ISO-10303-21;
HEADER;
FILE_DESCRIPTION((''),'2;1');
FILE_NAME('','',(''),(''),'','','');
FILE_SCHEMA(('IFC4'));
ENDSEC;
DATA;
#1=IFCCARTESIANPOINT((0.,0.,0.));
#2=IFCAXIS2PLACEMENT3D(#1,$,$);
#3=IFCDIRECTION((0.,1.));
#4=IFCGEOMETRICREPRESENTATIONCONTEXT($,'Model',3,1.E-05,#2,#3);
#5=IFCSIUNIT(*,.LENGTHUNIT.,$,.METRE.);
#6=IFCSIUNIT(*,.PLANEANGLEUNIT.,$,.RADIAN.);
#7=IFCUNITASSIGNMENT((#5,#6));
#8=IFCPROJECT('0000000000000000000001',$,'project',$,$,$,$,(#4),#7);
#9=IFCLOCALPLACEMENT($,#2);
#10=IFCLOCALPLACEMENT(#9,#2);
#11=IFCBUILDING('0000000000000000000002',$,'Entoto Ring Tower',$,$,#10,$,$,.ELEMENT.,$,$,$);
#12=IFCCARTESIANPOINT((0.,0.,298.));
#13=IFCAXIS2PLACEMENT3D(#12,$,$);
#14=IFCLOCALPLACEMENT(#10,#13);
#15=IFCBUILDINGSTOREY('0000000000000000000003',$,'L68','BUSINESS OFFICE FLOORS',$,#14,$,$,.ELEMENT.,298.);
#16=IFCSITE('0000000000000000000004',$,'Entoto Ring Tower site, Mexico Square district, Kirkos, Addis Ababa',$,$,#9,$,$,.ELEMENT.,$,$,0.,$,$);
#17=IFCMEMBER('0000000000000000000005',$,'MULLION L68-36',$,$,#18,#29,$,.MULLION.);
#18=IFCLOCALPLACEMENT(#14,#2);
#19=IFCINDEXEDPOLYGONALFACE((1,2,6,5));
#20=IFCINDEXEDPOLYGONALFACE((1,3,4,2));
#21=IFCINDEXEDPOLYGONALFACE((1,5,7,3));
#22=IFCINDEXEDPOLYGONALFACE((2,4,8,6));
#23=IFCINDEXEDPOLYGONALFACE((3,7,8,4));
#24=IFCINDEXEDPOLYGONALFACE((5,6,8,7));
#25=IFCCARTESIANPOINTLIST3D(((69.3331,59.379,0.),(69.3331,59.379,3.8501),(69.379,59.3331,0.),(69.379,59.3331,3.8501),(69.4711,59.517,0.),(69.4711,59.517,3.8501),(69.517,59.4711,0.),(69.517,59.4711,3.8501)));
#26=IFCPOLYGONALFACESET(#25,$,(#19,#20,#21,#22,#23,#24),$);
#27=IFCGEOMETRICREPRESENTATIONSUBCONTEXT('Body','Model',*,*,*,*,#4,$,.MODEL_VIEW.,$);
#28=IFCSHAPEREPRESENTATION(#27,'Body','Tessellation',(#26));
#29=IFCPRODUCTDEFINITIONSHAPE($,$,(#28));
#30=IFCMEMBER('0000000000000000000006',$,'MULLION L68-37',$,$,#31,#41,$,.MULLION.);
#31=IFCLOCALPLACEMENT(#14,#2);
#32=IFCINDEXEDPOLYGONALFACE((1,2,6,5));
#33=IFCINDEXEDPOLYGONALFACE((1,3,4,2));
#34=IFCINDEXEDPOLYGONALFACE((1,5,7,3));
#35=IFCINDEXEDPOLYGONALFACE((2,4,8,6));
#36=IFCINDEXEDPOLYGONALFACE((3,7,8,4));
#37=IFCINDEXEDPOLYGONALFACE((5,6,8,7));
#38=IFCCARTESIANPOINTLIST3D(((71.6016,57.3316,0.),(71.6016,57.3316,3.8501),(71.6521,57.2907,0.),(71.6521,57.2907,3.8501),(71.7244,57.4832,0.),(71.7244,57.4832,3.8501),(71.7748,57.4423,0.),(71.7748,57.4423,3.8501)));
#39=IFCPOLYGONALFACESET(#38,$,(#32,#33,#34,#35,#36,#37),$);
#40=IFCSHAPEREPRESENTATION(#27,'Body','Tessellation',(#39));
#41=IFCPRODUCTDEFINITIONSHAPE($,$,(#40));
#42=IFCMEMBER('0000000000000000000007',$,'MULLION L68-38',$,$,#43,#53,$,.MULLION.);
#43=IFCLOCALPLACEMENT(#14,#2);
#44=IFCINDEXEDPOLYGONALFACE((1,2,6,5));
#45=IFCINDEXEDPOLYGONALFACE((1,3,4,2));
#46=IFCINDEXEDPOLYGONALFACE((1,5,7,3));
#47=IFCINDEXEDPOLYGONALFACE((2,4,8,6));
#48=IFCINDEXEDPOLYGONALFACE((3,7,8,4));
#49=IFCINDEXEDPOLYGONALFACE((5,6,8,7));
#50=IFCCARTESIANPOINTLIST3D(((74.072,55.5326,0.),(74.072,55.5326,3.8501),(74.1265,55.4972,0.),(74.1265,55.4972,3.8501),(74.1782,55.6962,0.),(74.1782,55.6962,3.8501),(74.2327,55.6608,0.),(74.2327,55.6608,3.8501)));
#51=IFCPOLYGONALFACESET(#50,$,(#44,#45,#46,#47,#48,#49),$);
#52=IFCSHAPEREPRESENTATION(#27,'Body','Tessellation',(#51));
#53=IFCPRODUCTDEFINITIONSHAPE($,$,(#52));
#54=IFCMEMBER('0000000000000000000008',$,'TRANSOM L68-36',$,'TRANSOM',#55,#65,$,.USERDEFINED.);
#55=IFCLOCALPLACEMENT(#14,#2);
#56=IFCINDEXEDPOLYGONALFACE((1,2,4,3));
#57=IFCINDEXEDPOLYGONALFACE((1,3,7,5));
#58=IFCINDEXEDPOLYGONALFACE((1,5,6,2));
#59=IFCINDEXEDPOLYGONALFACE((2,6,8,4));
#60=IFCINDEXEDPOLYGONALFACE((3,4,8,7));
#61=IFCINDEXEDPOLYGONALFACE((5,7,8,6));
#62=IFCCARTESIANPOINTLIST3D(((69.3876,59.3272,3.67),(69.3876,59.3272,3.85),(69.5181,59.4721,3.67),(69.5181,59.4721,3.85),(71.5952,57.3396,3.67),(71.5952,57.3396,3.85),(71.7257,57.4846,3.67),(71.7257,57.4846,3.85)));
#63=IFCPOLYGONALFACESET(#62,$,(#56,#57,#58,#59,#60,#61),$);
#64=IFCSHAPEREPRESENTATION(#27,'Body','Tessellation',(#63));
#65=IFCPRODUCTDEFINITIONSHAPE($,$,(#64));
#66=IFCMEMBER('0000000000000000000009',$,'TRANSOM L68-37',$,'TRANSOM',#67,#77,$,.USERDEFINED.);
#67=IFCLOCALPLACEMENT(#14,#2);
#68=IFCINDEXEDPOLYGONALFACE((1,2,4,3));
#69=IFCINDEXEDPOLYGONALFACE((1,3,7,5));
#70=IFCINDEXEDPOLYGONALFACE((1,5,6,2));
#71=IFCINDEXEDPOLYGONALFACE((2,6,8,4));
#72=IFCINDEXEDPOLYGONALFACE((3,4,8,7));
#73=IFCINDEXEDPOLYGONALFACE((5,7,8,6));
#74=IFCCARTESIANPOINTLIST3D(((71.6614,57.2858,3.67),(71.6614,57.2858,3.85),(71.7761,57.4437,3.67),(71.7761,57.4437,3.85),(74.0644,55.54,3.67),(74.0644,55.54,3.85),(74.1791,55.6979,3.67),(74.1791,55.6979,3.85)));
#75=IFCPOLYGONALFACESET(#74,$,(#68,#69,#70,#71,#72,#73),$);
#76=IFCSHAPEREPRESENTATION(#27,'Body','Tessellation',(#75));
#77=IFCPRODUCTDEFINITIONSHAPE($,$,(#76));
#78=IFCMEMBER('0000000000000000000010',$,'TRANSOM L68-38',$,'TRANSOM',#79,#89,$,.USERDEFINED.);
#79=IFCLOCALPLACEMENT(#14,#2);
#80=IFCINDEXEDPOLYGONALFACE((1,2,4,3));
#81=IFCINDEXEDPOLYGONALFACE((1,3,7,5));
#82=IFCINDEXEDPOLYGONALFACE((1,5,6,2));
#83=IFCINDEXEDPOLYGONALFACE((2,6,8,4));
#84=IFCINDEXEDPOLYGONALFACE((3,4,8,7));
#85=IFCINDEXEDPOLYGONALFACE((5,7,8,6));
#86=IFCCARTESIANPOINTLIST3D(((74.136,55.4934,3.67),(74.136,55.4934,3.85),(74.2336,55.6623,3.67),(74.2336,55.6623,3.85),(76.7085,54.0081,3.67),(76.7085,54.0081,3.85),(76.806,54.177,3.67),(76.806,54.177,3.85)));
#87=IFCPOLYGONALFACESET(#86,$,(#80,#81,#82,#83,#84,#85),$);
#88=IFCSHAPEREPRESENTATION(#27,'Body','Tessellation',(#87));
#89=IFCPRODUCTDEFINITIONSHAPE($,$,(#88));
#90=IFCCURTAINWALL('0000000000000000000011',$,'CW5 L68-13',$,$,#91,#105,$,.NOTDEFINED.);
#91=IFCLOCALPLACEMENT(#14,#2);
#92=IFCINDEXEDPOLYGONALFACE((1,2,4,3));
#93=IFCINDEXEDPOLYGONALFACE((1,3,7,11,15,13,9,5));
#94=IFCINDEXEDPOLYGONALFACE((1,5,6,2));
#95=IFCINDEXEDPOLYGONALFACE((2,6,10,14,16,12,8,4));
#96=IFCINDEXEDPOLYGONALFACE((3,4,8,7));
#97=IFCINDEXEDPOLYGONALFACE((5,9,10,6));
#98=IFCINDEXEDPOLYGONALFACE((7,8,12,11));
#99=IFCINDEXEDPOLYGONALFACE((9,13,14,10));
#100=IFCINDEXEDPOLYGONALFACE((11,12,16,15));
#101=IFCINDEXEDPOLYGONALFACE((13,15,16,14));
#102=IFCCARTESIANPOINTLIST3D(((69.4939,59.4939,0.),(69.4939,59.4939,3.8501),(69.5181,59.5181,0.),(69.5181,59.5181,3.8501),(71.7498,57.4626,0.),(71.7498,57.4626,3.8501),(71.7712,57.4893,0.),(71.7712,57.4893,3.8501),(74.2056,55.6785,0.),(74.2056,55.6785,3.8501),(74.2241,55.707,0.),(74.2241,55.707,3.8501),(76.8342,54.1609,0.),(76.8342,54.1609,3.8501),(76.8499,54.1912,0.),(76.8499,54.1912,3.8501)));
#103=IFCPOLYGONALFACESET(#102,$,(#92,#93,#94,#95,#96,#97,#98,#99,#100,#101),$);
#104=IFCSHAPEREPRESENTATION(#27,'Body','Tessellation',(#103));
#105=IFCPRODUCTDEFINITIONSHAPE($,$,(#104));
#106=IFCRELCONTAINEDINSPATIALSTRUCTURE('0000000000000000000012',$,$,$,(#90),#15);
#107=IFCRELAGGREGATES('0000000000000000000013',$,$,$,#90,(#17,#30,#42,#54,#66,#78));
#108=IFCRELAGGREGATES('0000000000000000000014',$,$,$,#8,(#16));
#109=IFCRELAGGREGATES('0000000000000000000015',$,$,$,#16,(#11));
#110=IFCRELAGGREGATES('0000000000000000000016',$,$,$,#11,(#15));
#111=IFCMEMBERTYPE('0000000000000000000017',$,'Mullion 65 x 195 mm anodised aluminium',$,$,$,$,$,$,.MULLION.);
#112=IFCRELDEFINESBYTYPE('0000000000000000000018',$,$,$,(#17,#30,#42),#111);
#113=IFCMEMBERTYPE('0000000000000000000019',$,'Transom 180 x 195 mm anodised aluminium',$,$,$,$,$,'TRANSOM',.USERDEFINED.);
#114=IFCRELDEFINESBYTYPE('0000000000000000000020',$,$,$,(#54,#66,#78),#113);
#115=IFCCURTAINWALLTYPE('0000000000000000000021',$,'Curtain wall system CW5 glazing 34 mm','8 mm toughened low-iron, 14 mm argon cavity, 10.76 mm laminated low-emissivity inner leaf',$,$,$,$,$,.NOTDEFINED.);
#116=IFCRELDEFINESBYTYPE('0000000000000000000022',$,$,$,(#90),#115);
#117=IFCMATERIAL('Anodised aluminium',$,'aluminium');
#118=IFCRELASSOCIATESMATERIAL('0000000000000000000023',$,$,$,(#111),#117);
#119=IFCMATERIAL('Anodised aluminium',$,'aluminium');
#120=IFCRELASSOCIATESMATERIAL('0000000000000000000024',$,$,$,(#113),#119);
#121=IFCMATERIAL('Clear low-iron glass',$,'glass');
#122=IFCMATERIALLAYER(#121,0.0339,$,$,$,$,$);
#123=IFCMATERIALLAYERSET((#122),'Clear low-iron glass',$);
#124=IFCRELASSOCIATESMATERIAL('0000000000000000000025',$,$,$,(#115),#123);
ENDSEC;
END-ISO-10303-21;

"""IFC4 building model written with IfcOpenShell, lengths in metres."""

from ifc_helpers import new_model, si_unit, direction, frame, origin, origin_2d, place, context, subcontext, project, spatial, polyline, rectangle, outline, extrude, material, layer, layer_set, material_profile, profile_set, type_object, element, aggregate, save


model = new_model("IFC4")

# Units and contexts
model_context = context("Model", 3, precision=1e-05, world=origin(), true_north=direction((0.0, 1.0)))
body_context = subcontext(model_context, "Body", "Model", "MODEL_VIEW")
ifc_project = project(units=[si_unit("LENGTHUNIT", "METRE"), si_unit("PLANEANGLEUNIT", "RADIAN")], contexts=[model_context])

# Members
ifc_material_1 = material(Name="Anodised aluminium", Category="aluminium")
ifc_material_profile_1 = material_profile(ifc_material_1, rectangle(XDim=0.0649, YDim=0.1951, at=origin_2d()), Name="Mullion 65 x 195 mm anodised aluminium")
ifc_profile_set_1 = profile_set([ifc_material_profile_1], Name="Anodised aluminium")
member_type_1 = type_object("IfcMemberType", Name="Mullion 65 x 195 mm anodised aluminium", PredefinedType="MULLION", material=ifc_profile_set_1)
site_placement = place(None, origin())
building_placement = place(site_placement, origin())
storey_placement = place(building_placement, frame((0.0, 0.0, 298.0)))
member_1_placement = place(storey_placement, frame((69.425, 59.425, 0.0), z_axis=(0.0, 0.0, 1.0), x_axis=(0.707107, -0.707107, 0.0)))
member_1 = element("IfcMember", 1, at=member_1_placement, type_object=member_type_1, Name="MULLION L68-36", PredefinedType="MULLION", context=body_context, shape_type="SweptSolid", body=[
    extrude(rectangle(XDim=0.0649, YDim=0.1951, at=origin_2d()), origin(), (0.0, 0.0, 1.0), 3.8501),
])
member_2_placement = place(storey_placement, frame((71.6882, 57.387, 0.0), z_axis=(0.0, 0.0, 1.0), x_axis=(0.777146, -0.62932, 0.0)))
member_2 = element("IfcMember", 2, at=member_2_placement, type_object=member_type_1, Name="MULLION L68-37", PredefinedType="MULLION", context=body_context, shape_type="SweptSolid", body=[
    extrude(rectangle(XDim=0.0649, YDim=0.1951, at=origin_2d()), origin(), (0.0, 0.0, 1.0), 3.8501),
])
member_3_placement = place(storey_placement, frame((74.1523, 55.5967, 0.0), z_axis=(0.0, 0.0, 1.0), x_axis=(0.838671, -0.544639, 0.0)))
member_3 = element("IfcMember", 3, at=member_3_placement, type_object=member_type_1, Name="MULLION L68-38", PredefinedType="MULLION", context=body_context, shape_type="SweptSolid", body=[
    extrude(rectangle(XDim=0.0649, YDim=0.1951, at=origin_2d()), origin(), (0.0, 0.0, 1.0), 3.8501),
])
ifc_material_2 = material(Name="Anodised aluminium", Category="aluminium")
ifc_material_profile_2 = material_profile(ifc_material_2, rectangle(XDim=0.1951, YDim=0.1799, at=origin_2d()), Name="Transom 180 x 195 mm anodised aluminium")
ifc_profile_set_2 = profile_set([ifc_material_profile_2], Name="Anodised aluminium")
member_type_2 = type_object("IfcMemberType", Name="Transom 180 x 195 mm anodised aluminium", ElementType="TRANSOM", PredefinedType="USERDEFINED", material=ifc_profile_set_2)
member_4_placement = place(storey_placement, frame((69.4529, 59.3997, 3.76), z_axis=(0.743163, -0.66911, 0.0), x_axis=(0.66911, 0.743163, 0.0)))
member_4 = element("IfcMember", 4, at=member_4_placement, type_object=member_type_2, Name="TRANSOM L68-36", ObjectType="TRANSOM", PredefinedType="USERDEFINED", context=body_context, shape_type="SweptSolid", body=[
    extrude(rectangle(XDim=0.1951, YDim=0.1799, at=origin_2d()), origin(), (0.0, 0.0, 1.0), 2.9705),
])
member_5_placement = place(storey_placement, frame((71.7188, 57.3647, 3.76), z_axis=(0.809031, -0.587766, 0.0), x_axis=(0.587766, 0.809031, 0.0)))
member_5 = element("IfcMember", 5, at=member_5_placement, type_object=member_type_2, Name="TRANSOM L68-37", ObjectType="TRANSOM", PredefinedType="USERDEFINED", context=body_context, shape_type="SweptSolid", body=[
    extrude(rectangle(XDim=0.1951, YDim=0.1799, at=origin_2d()), origin(), (0.0, 0.0, 1.0), 2.9702),
])
member_6_placement = place(storey_placement, frame((74.1848, 55.5779, 3.76), z_axis=(0.866009, -0.500028, 0.0), x_axis=(0.500028, 0.866009, 0.0)))
member_6 = element("IfcMember", 6, at=member_6_placement, type_object=member_type_2, Name="TRANSOM L68-38", ObjectType="TRANSOM", PredefinedType="USERDEFINED", context=body_context, shape_type="SweptSolid", body=[
    extrude(rectangle(XDim=0.1951, YDim=0.1799, at=origin_2d()), origin(), (0.0, 0.0, 1.0), 2.9705),
])

# Site, building, storey
site = spatial("IfcSite", under=ifc_project, at=site_placement, Name="Entoto Ring Tower site, Mexico Square district, Kirkos, Addis Ababa", CompositionType="ELEMENT", RefElevation=0.0)
building = spatial("IfcBuilding", under=site, at=building_placement, Name="Entoto Ring Tower", CompositionType="ELEMENT")
storey = spatial("IfcBuildingStorey", under=building, at=storey_placement, Name="L68", Description="BUSINESS OFFICE FLOORS", CompositionType="ELEMENT", Elevation=298.0)

# Curtain wall
ifc_material_3 = material(Name="Clear low-iron glass", Category="glass")
ifc_layer = layer(ifc_material_3, 0.0339)
ifc_layer_set = layer_set([ifc_layer], Name="Clear low-iron glass")
curtain_wall_type = type_object("IfcCurtainWallType", Name="Curtain wall system CW5 glazing 34 mm", Description="8 mm toughened low-iron, 14 mm argon cavity, 10.76 mm laminated low-emissivity inner leaf", PredefinedType="NOTDEFINED", material=ifc_layer_set)
curtain_wall_1_placement = place(storey_placement, origin())
curtain_wall_1 = element("IfcCurtainWall", 7, at=curtain_wall_1_placement, inside=storey, type_object=curtain_wall_type, Name="CW5 L68-13", PredefinedType="NOTDEFINED", context=body_context, shape_type="SweptSolid", body=[
    extrude(outline(polyline([(69.4939, 59.4939), (71.7498, 57.4626), (74.2056, 55.6785), (76.8342, 54.1609), (76.8499, 54.1912), (74.2241, 55.707), (71.7712, 57.4893), (69.5181, 59.5181), (69.4939, 59.4939)])), origin(), (0.0, 0.0, 1.0), 3.8501),
])
aggregate(curtain_wall_1, [member_1, member_2, member_3, member_4, member_5, member_6])

save(model, "model.ifc")
